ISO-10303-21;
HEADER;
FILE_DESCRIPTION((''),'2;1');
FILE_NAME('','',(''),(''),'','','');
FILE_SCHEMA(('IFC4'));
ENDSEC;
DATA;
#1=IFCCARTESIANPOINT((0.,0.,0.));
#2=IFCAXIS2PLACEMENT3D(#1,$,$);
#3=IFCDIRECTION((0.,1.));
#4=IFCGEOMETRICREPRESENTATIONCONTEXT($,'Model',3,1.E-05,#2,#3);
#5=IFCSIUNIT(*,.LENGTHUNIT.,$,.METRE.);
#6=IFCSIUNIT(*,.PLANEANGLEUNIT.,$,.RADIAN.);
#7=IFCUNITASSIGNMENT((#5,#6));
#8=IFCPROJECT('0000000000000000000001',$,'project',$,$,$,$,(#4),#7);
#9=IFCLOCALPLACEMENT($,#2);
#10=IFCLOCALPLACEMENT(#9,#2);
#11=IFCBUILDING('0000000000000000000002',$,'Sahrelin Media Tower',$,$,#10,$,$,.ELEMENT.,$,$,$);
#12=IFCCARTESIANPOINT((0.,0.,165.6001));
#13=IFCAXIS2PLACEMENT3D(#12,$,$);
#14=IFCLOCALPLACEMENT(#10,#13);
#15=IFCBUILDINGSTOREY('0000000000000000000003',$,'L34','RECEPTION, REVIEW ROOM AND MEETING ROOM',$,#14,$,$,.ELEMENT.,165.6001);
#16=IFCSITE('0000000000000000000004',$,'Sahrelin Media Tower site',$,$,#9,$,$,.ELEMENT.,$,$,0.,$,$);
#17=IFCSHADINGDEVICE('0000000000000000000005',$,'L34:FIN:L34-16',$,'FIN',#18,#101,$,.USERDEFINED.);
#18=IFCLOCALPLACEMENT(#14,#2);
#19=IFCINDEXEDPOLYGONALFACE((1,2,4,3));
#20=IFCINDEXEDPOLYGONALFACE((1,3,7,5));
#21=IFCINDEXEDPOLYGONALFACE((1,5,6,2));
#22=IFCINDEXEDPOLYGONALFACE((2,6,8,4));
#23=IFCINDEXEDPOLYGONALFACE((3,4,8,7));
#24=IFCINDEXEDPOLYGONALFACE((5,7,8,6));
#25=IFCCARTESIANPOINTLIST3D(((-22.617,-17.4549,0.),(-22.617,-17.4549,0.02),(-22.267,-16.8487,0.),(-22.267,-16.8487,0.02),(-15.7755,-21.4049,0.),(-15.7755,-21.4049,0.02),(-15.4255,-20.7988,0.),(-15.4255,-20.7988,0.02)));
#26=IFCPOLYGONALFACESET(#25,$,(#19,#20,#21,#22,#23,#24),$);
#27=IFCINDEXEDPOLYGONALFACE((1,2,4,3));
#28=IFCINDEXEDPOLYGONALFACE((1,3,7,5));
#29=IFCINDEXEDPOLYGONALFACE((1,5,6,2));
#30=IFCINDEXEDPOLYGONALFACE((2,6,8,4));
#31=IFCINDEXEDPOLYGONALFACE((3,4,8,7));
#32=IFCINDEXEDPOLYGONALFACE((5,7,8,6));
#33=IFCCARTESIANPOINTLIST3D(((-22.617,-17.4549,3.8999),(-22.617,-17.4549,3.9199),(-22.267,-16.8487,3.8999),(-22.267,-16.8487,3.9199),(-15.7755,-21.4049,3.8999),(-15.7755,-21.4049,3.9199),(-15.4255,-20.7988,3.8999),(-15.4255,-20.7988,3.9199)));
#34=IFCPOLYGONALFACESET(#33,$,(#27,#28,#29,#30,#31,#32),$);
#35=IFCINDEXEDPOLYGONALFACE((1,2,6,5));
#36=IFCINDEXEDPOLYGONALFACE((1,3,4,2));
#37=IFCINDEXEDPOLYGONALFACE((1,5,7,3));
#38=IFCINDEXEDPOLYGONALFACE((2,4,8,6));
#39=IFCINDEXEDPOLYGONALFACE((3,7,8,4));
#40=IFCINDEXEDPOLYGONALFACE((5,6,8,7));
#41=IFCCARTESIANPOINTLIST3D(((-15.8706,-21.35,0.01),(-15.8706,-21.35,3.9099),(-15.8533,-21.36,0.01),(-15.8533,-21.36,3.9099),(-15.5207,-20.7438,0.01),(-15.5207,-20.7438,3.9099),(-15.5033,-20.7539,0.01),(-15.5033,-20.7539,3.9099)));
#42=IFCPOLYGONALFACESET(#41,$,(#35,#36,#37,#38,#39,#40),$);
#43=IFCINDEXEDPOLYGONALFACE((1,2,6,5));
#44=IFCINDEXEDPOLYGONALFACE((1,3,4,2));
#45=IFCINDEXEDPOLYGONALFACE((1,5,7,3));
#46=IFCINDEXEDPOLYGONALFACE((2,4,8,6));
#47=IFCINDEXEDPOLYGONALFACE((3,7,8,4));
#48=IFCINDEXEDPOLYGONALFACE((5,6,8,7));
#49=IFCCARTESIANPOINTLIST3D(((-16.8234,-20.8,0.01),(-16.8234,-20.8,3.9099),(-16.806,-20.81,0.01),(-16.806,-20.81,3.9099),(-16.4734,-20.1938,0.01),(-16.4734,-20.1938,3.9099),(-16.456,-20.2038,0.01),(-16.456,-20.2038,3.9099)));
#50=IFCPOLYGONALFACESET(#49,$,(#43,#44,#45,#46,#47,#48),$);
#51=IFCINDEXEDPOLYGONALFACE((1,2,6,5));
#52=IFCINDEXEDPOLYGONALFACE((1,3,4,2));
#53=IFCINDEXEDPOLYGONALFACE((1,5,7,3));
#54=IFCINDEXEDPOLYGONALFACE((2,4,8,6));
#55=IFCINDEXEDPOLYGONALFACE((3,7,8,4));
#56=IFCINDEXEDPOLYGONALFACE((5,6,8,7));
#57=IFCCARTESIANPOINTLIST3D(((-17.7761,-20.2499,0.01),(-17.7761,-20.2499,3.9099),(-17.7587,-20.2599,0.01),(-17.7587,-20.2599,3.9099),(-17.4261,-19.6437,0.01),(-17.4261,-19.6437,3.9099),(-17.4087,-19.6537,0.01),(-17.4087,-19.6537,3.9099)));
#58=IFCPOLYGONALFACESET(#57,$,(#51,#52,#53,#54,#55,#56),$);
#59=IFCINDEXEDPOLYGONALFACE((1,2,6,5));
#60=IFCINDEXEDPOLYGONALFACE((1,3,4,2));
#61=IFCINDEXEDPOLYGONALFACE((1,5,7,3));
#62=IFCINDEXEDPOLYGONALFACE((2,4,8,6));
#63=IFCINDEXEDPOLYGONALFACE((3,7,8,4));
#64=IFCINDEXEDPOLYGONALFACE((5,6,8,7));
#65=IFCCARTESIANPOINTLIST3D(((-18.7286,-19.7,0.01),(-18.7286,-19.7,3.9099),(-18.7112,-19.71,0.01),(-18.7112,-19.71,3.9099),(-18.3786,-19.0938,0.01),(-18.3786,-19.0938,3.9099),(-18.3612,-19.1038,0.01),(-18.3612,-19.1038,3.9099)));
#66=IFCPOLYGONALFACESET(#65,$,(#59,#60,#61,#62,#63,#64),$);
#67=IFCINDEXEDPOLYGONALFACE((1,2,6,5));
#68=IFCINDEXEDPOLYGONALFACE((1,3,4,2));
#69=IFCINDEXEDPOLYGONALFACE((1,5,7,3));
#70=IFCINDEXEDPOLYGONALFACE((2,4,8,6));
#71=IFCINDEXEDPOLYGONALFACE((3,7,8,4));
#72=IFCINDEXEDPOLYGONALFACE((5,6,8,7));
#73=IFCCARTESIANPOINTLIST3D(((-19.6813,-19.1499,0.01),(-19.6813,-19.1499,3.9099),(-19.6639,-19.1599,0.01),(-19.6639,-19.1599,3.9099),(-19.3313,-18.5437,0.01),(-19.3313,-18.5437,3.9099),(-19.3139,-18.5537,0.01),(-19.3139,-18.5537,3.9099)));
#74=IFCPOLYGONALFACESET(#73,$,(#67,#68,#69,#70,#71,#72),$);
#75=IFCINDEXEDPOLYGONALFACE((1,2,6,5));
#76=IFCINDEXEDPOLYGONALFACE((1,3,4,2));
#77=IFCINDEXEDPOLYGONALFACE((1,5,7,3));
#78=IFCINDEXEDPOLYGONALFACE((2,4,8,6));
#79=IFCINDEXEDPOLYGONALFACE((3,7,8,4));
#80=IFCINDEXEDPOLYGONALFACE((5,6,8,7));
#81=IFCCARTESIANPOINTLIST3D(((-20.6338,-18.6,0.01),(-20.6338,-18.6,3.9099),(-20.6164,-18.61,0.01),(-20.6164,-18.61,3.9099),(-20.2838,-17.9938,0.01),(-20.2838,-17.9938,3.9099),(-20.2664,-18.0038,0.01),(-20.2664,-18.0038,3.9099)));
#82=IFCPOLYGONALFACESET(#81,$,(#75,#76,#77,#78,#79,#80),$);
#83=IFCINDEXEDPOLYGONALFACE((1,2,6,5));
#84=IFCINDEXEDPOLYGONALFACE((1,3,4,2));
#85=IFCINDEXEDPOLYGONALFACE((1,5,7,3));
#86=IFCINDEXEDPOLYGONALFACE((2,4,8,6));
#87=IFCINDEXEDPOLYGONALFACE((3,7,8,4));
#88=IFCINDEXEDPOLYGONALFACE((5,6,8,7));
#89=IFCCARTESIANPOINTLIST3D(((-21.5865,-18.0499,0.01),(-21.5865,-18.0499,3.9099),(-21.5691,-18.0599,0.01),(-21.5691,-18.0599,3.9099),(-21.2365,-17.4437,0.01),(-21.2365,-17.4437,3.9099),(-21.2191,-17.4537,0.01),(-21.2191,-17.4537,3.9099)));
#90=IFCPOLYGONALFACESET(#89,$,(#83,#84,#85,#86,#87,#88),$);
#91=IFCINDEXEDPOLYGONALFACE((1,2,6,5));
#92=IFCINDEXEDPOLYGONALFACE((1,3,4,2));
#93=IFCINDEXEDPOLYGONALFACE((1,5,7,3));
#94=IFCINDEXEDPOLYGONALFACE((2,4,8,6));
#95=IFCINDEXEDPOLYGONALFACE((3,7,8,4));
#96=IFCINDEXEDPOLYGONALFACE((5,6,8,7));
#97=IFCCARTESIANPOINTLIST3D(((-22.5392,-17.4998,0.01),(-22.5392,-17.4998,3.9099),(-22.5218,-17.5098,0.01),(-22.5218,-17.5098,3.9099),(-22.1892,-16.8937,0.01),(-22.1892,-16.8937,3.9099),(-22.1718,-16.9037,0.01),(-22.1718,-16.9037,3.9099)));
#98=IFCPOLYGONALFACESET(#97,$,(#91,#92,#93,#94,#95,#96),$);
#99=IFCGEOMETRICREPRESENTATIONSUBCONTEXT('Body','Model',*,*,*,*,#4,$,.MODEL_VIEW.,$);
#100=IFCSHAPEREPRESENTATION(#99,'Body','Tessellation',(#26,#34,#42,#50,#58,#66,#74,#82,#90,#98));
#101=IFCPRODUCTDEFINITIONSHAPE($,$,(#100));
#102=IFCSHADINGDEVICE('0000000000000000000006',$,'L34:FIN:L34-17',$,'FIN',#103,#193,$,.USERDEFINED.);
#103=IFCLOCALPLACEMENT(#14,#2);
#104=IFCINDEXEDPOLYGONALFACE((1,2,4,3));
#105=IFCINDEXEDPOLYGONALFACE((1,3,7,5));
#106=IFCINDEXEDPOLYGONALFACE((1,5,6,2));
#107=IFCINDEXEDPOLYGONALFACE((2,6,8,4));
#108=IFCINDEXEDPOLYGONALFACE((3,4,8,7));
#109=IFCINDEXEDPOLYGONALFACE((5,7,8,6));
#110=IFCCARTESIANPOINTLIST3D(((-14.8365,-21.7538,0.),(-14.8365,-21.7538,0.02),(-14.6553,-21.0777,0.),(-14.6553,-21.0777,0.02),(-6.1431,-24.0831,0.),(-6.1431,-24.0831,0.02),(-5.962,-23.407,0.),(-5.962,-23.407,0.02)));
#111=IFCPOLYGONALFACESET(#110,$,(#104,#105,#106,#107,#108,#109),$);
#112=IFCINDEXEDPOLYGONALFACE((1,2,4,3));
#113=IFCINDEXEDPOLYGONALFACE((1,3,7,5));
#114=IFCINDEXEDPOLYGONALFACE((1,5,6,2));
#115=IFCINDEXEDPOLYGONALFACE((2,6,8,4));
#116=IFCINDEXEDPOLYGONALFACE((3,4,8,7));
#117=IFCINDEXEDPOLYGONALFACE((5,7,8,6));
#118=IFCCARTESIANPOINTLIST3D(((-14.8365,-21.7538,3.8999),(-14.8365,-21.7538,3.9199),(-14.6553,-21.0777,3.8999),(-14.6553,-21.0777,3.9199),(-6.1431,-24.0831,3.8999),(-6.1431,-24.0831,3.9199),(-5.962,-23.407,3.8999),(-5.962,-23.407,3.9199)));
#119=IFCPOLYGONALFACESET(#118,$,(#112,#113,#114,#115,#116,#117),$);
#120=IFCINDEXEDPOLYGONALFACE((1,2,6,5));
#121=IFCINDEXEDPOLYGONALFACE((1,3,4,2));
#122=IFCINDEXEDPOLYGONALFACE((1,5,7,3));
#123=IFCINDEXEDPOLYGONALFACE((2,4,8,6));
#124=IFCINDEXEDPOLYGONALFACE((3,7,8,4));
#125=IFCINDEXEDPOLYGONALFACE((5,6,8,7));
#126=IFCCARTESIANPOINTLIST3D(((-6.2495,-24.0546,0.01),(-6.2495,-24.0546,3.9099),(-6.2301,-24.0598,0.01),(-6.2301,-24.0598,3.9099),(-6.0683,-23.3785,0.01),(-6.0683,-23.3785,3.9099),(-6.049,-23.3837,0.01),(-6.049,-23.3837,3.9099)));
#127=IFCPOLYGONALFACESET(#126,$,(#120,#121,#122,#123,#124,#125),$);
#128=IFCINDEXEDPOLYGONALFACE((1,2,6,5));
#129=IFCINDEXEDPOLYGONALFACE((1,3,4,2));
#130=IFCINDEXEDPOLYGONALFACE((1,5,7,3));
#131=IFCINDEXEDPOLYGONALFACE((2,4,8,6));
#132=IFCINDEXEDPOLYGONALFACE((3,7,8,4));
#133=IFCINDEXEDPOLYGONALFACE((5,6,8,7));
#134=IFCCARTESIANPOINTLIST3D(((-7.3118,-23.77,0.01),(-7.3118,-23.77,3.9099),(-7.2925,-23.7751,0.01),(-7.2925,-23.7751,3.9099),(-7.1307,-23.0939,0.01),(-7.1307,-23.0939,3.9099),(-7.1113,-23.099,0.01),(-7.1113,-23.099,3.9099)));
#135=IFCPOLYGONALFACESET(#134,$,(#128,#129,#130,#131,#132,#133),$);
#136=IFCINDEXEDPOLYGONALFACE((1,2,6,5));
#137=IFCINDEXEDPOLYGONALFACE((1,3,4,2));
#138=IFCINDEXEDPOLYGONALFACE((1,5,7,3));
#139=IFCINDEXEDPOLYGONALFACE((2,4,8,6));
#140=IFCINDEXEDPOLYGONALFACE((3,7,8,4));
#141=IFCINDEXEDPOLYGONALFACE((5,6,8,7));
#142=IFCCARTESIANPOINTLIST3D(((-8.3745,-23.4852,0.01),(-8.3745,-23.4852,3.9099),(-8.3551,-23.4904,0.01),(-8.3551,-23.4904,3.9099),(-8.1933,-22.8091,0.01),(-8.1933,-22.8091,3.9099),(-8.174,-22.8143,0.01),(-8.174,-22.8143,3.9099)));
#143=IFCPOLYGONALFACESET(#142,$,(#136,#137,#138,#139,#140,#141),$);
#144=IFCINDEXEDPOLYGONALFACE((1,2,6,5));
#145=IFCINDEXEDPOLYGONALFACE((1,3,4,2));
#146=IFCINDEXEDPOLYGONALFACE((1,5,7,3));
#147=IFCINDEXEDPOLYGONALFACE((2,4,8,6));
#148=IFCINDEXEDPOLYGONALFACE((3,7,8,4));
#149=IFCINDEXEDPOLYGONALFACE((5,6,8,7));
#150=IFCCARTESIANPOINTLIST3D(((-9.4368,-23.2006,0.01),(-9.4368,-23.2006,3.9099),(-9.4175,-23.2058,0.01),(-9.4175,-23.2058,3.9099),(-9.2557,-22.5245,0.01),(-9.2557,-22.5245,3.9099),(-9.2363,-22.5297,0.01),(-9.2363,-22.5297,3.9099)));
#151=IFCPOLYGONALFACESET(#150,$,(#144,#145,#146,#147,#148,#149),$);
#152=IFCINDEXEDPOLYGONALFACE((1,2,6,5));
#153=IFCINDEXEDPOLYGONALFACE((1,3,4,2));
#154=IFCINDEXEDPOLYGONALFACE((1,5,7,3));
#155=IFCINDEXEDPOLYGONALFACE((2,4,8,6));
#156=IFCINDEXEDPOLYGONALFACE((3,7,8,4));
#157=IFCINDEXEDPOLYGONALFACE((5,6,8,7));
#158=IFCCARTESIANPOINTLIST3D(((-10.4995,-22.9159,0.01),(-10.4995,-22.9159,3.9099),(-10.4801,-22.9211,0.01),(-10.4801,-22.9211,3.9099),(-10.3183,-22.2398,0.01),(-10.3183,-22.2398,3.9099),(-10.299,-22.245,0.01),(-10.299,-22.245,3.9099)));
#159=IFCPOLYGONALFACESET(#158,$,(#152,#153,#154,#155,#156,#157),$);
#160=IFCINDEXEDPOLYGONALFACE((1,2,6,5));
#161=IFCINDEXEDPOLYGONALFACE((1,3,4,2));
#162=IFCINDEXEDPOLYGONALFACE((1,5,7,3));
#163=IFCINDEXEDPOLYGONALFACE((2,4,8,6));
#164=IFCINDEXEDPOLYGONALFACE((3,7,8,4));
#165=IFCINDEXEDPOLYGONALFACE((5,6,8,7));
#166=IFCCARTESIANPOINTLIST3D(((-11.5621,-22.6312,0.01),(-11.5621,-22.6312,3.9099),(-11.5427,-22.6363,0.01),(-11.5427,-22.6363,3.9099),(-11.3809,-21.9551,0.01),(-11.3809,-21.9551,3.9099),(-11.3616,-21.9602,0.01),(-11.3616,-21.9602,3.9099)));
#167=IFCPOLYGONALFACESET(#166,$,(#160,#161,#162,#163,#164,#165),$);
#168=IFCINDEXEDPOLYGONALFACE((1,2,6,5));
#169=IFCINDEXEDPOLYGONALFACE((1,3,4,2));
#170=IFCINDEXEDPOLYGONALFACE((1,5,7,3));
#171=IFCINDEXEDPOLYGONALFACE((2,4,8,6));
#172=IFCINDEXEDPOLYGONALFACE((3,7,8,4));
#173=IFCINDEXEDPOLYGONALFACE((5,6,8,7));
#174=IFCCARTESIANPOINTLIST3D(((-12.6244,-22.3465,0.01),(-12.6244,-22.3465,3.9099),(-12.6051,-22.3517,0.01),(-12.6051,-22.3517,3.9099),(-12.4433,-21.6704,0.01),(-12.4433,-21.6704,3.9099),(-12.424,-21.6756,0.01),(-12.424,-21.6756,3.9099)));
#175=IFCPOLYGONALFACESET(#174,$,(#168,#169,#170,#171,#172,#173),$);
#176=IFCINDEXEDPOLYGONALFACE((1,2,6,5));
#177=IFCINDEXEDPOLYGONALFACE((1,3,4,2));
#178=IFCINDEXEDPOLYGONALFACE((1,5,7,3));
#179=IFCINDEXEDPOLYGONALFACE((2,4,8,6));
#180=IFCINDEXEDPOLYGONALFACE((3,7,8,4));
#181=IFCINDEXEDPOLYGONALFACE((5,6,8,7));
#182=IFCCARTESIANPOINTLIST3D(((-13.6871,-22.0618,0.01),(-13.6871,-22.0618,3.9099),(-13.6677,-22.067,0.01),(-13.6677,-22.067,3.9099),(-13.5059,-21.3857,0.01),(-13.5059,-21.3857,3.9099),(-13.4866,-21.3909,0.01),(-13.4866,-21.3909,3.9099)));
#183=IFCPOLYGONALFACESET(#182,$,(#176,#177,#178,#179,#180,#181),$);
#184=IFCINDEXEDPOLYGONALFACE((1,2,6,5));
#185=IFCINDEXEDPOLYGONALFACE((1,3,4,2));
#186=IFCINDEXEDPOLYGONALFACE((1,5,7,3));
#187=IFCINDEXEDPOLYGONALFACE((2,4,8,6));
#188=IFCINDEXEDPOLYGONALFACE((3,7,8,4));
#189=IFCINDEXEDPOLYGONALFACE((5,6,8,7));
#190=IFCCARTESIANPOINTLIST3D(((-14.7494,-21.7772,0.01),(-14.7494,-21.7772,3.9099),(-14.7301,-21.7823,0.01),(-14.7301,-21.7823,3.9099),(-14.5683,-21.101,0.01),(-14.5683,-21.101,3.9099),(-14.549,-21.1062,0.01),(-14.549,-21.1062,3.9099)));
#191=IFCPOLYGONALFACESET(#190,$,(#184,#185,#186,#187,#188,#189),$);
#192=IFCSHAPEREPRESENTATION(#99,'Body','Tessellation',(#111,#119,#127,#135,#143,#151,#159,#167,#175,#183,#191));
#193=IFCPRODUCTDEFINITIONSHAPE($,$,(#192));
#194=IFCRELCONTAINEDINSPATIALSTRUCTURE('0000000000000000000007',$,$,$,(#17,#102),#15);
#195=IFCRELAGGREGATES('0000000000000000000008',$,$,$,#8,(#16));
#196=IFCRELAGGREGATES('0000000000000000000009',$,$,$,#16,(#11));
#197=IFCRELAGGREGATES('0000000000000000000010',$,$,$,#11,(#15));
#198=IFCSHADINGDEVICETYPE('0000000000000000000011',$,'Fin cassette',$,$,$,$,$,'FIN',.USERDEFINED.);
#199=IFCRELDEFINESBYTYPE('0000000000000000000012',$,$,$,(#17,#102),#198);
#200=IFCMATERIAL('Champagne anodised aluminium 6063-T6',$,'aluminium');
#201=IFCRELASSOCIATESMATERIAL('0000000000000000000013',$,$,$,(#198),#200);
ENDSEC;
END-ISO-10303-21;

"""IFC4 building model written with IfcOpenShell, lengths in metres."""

from ifc_helpers import new_model, si_unit, direction, frame, origin, origin_2d, place, context, subcontext, project, spatial, rectangle, extrude, material, type_object, element, save


model = new_model("IFC4")

# Units and contexts
model_context = context("Model", 3, precision=1e-05, world=origin(), true_north=direction((0.0, 1.0)))
body_context = subcontext(model_context, "Body", "Model", "MODEL_VIEW")
ifc_project = project(units=[si_unit("LENGTHUNIT", "METRE"), si_unit("PLANEANGLEUNIT", "RADIAN")], contexts=[model_context])

# Site, building, storey
site_placement = place(None, origin())
site = spatial("IfcSite", under=ifc_project, at=site_placement, Name="Sahrelin Media Tower site", CompositionType="ELEMENT", RefElevation=0.0)
building_placement = place(site_placement, origin())
building = spatial("IfcBuilding", under=site, at=building_placement, Name="Sahrelin Media Tower", CompositionType="ELEMENT")
storey_placement = place(building_placement, frame((0.0, 0.0, 165.6001)))
storey = spatial("IfcBuildingStorey", under=building, at=storey_placement, Name="L34", Description="RECEPTION, REVIEW ROOM AND MEETING ROOM", CompositionType="ELEMENT", Elevation=165.6001)

# Shared definitions
ifc_material_1 = material(Name="Champagne anodised aluminium 6063-T6", Category="aluminium")

# Shading devices
shading_device_type_1 = type_object("IfcShadingDeviceType", Name="Fin cassette", ElementType="FIN", PredefinedType="USERDEFINED", material=ifc_material_1)
shading_device_1_placement = place(storey_placement, frame((-18.8113, -18.7632, 0.0), z_axis=(0.0, 0.0, 1.0), x_axis=(-0.866019, 0.500011, 0.0)))
element("IfcShadingDevice", 1, at=shading_device_1_placement, inside=storey, type_object=shading_device_type_1, Name="L34:FIN:L34-16", ObjectType="FIN", PredefinedType="USERDEFINED", context=body_context, shape_type="SweptSolid", body=[
    extrude(rectangle(XDim=7.8999, YDim=0.7, at=origin_2d()), frame((0.0, 0.4199, 0.0)), (0.0, 0.0, 1.0), 0.02),
    extrude(rectangle(XDim=7.8999, YDim=0.7, at=origin_2d()), frame((0.0, 0.4199, 3.8999)), (0.0, 0.0, 1.0), 0.02),
    extrude(rectangle(XDim=0.02, YDim=0.7, at=origin_2d()), frame((-3.8501, 0.4199, 0.01), z_axis=(0.0, 0.0, 1.0), x_axis=(1.0, 0.0, 0.0)), (0.0, 0.0, 1.0), 3.8999),
    extrude(rectangle(XDim=0.02, YDim=0.7, at=origin_2d()), frame((-2.75, 0.4199, 0.01), z_axis=(0.0, 0.0, 1.0), x_axis=(1.0, 0.0, 0.0)), (0.0, 0.0, 1.0), 3.8999),
    extrude(rectangle(XDim=0.02, YDim=0.7, at=origin_2d()), frame((-1.6499, 0.4199, 0.01), z_axis=(0.0, 0.0, 1.0), x_axis=(1.0, 0.0, 0.0)), (0.0, 0.0, 1.0), 3.8999),
    extrude(rectangle(XDim=0.02, YDim=0.7, at=origin_2d()), frame((-0.55, 0.4199, 0.01), z_axis=(0.0, 0.0, 1.0), x_axis=(1.0, 0.0, 0.0)), (0.0, 0.0, 1.0), 3.8999),
    extrude(rectangle(XDim=0.02, YDim=0.7, at=origin_2d()), frame((0.55, 0.4199, 0.01), z_axis=(0.0, 0.0, 1.0), x_axis=(1.0, 0.0, 0.0)), (0.0, 0.0, 1.0), 3.8999),
    extrude(rectangle(XDim=0.02, YDim=0.7, at=origin_2d()), frame((1.6499, 0.4199, 0.01), z_axis=(0.0, 0.0, 1.0), x_axis=(1.0, 0.0, 0.0)), (0.0, 0.0, 1.0), 3.8999),
    extrude(rectangle(XDim=0.02, YDim=0.7, at=origin_2d()), frame((2.75, 0.4199, 0.01), z_axis=(0.0, 0.0, 1.0), x_axis=(1.0, 0.0, 0.0)), (0.0, 0.0, 1.0), 3.8999),
    extrude(rectangle(XDim=0.02, YDim=0.7, at=origin_2d()), frame((3.8501, 0.4199, 0.01), z_axis=(0.0, 0.0, 1.0), x_axis=(1.0, 0.0, 0.0)), (0.0, 0.0, 1.0), 3.8999),
])
placement = place(storey_placement, frame((-10.2905, -22.1748, 0.0), z_axis=(0.0, 0.0, 1.0), x_axis=(-0.965929, 0.258808, 0.0)))
element("IfcShadingDevice", 2, at=placement, inside=storey, type_object=shading_device_type_1, Name="L34:FIN:L34-17", ObjectType="FIN", PredefinedType="USERDEFINED", context=body_context, shape_type="SweptSolid", body=[
    extrude(rectangle(XDim=9.0, YDim=0.7, at=origin_2d()), frame((0.0, 0.4199, 0.0)), (0.0, 0.0, 1.0), 0.02),
    extrude(rectangle(XDim=9.0, YDim=0.7, at=origin_2d()), frame((0.0, 0.4199, 3.8999)), (0.0, 0.0, 1.0), 0.02),
    extrude(rectangle(XDim=0.02, YDim=0.7, at=origin_2d()), frame((-4.3999, 0.4199, 0.01), z_axis=(0.0, 0.0, 1.0), x_axis=(1.0, 0.0, 0.0)), (0.0, 0.0, 1.0), 3.8999),
    extrude(rectangle(XDim=0.02, YDim=0.7, at=origin_2d()), frame((-3.3, 0.4199, 0.01), z_axis=(0.0, 0.0, 1.0), x_axis=(1.0, 0.0, 0.0)), (0.0, 0.0, 1.0), 3.8999),
    extrude(rectangle(XDim=0.02, YDim=0.7, at=origin_2d()), frame((-2.2, 0.4199, 0.01), z_axis=(0.0, 0.0, 1.0), x_axis=(1.0, 0.0, 0.0)), (0.0, 0.0, 1.0), 3.8999),
    extrude(rectangle(XDim=0.02, YDim=0.7, at=origin_2d()), frame((-1.1001, 0.4199, 0.01), z_axis=(0.0, 0.0, 1.0), x_axis=(1.0, 0.0, 0.0)), (0.0, 0.0, 1.0), 3.8999),
    extrude(rectangle(XDim=0.02, YDim=0.7, at=origin_2d()), frame((0.0, 0.4199, 0.01), z_axis=(0.0, 0.0, 1.0), x_axis=(1.0, 0.0, 0.0)), (0.0, 0.0, 1.0), 3.8999),
    extrude(rectangle(XDim=0.02, YDim=0.7, at=origin_2d()), frame((1.1001, 0.4199, 0.01), z_axis=(0.0, 0.0, 1.0), x_axis=(1.0, 0.0, 0.0)), (0.0, 0.0, 1.0), 3.8999),
    extrude(rectangle(XDim=0.02, YDim=0.7, at=origin_2d()), frame((2.2, 0.4199, 0.01), z_axis=(0.0, 0.0, 1.0), x_axis=(1.0, 0.0, 0.0)), (0.0, 0.0, 1.0), 3.8999),
    extrude(rectangle(XDim=0.02, YDim=0.7, at=origin_2d()), frame((3.3, 0.4199, 0.01), z_axis=(0.0, 0.0, 1.0), x_axis=(1.0, 0.0, 0.0)), (0.0, 0.0, 1.0), 3.8999),
    extrude(rectangle(XDim=0.02, YDim=0.7, at=origin_2d()), frame((4.3999, 0.4199, 0.01), z_axis=(0.0, 0.0, 1.0), x_axis=(1.0, 0.0, 0.0)), (0.0, 0.0, 1.0), 3.8999),
])

save(model, "model.ifc")
